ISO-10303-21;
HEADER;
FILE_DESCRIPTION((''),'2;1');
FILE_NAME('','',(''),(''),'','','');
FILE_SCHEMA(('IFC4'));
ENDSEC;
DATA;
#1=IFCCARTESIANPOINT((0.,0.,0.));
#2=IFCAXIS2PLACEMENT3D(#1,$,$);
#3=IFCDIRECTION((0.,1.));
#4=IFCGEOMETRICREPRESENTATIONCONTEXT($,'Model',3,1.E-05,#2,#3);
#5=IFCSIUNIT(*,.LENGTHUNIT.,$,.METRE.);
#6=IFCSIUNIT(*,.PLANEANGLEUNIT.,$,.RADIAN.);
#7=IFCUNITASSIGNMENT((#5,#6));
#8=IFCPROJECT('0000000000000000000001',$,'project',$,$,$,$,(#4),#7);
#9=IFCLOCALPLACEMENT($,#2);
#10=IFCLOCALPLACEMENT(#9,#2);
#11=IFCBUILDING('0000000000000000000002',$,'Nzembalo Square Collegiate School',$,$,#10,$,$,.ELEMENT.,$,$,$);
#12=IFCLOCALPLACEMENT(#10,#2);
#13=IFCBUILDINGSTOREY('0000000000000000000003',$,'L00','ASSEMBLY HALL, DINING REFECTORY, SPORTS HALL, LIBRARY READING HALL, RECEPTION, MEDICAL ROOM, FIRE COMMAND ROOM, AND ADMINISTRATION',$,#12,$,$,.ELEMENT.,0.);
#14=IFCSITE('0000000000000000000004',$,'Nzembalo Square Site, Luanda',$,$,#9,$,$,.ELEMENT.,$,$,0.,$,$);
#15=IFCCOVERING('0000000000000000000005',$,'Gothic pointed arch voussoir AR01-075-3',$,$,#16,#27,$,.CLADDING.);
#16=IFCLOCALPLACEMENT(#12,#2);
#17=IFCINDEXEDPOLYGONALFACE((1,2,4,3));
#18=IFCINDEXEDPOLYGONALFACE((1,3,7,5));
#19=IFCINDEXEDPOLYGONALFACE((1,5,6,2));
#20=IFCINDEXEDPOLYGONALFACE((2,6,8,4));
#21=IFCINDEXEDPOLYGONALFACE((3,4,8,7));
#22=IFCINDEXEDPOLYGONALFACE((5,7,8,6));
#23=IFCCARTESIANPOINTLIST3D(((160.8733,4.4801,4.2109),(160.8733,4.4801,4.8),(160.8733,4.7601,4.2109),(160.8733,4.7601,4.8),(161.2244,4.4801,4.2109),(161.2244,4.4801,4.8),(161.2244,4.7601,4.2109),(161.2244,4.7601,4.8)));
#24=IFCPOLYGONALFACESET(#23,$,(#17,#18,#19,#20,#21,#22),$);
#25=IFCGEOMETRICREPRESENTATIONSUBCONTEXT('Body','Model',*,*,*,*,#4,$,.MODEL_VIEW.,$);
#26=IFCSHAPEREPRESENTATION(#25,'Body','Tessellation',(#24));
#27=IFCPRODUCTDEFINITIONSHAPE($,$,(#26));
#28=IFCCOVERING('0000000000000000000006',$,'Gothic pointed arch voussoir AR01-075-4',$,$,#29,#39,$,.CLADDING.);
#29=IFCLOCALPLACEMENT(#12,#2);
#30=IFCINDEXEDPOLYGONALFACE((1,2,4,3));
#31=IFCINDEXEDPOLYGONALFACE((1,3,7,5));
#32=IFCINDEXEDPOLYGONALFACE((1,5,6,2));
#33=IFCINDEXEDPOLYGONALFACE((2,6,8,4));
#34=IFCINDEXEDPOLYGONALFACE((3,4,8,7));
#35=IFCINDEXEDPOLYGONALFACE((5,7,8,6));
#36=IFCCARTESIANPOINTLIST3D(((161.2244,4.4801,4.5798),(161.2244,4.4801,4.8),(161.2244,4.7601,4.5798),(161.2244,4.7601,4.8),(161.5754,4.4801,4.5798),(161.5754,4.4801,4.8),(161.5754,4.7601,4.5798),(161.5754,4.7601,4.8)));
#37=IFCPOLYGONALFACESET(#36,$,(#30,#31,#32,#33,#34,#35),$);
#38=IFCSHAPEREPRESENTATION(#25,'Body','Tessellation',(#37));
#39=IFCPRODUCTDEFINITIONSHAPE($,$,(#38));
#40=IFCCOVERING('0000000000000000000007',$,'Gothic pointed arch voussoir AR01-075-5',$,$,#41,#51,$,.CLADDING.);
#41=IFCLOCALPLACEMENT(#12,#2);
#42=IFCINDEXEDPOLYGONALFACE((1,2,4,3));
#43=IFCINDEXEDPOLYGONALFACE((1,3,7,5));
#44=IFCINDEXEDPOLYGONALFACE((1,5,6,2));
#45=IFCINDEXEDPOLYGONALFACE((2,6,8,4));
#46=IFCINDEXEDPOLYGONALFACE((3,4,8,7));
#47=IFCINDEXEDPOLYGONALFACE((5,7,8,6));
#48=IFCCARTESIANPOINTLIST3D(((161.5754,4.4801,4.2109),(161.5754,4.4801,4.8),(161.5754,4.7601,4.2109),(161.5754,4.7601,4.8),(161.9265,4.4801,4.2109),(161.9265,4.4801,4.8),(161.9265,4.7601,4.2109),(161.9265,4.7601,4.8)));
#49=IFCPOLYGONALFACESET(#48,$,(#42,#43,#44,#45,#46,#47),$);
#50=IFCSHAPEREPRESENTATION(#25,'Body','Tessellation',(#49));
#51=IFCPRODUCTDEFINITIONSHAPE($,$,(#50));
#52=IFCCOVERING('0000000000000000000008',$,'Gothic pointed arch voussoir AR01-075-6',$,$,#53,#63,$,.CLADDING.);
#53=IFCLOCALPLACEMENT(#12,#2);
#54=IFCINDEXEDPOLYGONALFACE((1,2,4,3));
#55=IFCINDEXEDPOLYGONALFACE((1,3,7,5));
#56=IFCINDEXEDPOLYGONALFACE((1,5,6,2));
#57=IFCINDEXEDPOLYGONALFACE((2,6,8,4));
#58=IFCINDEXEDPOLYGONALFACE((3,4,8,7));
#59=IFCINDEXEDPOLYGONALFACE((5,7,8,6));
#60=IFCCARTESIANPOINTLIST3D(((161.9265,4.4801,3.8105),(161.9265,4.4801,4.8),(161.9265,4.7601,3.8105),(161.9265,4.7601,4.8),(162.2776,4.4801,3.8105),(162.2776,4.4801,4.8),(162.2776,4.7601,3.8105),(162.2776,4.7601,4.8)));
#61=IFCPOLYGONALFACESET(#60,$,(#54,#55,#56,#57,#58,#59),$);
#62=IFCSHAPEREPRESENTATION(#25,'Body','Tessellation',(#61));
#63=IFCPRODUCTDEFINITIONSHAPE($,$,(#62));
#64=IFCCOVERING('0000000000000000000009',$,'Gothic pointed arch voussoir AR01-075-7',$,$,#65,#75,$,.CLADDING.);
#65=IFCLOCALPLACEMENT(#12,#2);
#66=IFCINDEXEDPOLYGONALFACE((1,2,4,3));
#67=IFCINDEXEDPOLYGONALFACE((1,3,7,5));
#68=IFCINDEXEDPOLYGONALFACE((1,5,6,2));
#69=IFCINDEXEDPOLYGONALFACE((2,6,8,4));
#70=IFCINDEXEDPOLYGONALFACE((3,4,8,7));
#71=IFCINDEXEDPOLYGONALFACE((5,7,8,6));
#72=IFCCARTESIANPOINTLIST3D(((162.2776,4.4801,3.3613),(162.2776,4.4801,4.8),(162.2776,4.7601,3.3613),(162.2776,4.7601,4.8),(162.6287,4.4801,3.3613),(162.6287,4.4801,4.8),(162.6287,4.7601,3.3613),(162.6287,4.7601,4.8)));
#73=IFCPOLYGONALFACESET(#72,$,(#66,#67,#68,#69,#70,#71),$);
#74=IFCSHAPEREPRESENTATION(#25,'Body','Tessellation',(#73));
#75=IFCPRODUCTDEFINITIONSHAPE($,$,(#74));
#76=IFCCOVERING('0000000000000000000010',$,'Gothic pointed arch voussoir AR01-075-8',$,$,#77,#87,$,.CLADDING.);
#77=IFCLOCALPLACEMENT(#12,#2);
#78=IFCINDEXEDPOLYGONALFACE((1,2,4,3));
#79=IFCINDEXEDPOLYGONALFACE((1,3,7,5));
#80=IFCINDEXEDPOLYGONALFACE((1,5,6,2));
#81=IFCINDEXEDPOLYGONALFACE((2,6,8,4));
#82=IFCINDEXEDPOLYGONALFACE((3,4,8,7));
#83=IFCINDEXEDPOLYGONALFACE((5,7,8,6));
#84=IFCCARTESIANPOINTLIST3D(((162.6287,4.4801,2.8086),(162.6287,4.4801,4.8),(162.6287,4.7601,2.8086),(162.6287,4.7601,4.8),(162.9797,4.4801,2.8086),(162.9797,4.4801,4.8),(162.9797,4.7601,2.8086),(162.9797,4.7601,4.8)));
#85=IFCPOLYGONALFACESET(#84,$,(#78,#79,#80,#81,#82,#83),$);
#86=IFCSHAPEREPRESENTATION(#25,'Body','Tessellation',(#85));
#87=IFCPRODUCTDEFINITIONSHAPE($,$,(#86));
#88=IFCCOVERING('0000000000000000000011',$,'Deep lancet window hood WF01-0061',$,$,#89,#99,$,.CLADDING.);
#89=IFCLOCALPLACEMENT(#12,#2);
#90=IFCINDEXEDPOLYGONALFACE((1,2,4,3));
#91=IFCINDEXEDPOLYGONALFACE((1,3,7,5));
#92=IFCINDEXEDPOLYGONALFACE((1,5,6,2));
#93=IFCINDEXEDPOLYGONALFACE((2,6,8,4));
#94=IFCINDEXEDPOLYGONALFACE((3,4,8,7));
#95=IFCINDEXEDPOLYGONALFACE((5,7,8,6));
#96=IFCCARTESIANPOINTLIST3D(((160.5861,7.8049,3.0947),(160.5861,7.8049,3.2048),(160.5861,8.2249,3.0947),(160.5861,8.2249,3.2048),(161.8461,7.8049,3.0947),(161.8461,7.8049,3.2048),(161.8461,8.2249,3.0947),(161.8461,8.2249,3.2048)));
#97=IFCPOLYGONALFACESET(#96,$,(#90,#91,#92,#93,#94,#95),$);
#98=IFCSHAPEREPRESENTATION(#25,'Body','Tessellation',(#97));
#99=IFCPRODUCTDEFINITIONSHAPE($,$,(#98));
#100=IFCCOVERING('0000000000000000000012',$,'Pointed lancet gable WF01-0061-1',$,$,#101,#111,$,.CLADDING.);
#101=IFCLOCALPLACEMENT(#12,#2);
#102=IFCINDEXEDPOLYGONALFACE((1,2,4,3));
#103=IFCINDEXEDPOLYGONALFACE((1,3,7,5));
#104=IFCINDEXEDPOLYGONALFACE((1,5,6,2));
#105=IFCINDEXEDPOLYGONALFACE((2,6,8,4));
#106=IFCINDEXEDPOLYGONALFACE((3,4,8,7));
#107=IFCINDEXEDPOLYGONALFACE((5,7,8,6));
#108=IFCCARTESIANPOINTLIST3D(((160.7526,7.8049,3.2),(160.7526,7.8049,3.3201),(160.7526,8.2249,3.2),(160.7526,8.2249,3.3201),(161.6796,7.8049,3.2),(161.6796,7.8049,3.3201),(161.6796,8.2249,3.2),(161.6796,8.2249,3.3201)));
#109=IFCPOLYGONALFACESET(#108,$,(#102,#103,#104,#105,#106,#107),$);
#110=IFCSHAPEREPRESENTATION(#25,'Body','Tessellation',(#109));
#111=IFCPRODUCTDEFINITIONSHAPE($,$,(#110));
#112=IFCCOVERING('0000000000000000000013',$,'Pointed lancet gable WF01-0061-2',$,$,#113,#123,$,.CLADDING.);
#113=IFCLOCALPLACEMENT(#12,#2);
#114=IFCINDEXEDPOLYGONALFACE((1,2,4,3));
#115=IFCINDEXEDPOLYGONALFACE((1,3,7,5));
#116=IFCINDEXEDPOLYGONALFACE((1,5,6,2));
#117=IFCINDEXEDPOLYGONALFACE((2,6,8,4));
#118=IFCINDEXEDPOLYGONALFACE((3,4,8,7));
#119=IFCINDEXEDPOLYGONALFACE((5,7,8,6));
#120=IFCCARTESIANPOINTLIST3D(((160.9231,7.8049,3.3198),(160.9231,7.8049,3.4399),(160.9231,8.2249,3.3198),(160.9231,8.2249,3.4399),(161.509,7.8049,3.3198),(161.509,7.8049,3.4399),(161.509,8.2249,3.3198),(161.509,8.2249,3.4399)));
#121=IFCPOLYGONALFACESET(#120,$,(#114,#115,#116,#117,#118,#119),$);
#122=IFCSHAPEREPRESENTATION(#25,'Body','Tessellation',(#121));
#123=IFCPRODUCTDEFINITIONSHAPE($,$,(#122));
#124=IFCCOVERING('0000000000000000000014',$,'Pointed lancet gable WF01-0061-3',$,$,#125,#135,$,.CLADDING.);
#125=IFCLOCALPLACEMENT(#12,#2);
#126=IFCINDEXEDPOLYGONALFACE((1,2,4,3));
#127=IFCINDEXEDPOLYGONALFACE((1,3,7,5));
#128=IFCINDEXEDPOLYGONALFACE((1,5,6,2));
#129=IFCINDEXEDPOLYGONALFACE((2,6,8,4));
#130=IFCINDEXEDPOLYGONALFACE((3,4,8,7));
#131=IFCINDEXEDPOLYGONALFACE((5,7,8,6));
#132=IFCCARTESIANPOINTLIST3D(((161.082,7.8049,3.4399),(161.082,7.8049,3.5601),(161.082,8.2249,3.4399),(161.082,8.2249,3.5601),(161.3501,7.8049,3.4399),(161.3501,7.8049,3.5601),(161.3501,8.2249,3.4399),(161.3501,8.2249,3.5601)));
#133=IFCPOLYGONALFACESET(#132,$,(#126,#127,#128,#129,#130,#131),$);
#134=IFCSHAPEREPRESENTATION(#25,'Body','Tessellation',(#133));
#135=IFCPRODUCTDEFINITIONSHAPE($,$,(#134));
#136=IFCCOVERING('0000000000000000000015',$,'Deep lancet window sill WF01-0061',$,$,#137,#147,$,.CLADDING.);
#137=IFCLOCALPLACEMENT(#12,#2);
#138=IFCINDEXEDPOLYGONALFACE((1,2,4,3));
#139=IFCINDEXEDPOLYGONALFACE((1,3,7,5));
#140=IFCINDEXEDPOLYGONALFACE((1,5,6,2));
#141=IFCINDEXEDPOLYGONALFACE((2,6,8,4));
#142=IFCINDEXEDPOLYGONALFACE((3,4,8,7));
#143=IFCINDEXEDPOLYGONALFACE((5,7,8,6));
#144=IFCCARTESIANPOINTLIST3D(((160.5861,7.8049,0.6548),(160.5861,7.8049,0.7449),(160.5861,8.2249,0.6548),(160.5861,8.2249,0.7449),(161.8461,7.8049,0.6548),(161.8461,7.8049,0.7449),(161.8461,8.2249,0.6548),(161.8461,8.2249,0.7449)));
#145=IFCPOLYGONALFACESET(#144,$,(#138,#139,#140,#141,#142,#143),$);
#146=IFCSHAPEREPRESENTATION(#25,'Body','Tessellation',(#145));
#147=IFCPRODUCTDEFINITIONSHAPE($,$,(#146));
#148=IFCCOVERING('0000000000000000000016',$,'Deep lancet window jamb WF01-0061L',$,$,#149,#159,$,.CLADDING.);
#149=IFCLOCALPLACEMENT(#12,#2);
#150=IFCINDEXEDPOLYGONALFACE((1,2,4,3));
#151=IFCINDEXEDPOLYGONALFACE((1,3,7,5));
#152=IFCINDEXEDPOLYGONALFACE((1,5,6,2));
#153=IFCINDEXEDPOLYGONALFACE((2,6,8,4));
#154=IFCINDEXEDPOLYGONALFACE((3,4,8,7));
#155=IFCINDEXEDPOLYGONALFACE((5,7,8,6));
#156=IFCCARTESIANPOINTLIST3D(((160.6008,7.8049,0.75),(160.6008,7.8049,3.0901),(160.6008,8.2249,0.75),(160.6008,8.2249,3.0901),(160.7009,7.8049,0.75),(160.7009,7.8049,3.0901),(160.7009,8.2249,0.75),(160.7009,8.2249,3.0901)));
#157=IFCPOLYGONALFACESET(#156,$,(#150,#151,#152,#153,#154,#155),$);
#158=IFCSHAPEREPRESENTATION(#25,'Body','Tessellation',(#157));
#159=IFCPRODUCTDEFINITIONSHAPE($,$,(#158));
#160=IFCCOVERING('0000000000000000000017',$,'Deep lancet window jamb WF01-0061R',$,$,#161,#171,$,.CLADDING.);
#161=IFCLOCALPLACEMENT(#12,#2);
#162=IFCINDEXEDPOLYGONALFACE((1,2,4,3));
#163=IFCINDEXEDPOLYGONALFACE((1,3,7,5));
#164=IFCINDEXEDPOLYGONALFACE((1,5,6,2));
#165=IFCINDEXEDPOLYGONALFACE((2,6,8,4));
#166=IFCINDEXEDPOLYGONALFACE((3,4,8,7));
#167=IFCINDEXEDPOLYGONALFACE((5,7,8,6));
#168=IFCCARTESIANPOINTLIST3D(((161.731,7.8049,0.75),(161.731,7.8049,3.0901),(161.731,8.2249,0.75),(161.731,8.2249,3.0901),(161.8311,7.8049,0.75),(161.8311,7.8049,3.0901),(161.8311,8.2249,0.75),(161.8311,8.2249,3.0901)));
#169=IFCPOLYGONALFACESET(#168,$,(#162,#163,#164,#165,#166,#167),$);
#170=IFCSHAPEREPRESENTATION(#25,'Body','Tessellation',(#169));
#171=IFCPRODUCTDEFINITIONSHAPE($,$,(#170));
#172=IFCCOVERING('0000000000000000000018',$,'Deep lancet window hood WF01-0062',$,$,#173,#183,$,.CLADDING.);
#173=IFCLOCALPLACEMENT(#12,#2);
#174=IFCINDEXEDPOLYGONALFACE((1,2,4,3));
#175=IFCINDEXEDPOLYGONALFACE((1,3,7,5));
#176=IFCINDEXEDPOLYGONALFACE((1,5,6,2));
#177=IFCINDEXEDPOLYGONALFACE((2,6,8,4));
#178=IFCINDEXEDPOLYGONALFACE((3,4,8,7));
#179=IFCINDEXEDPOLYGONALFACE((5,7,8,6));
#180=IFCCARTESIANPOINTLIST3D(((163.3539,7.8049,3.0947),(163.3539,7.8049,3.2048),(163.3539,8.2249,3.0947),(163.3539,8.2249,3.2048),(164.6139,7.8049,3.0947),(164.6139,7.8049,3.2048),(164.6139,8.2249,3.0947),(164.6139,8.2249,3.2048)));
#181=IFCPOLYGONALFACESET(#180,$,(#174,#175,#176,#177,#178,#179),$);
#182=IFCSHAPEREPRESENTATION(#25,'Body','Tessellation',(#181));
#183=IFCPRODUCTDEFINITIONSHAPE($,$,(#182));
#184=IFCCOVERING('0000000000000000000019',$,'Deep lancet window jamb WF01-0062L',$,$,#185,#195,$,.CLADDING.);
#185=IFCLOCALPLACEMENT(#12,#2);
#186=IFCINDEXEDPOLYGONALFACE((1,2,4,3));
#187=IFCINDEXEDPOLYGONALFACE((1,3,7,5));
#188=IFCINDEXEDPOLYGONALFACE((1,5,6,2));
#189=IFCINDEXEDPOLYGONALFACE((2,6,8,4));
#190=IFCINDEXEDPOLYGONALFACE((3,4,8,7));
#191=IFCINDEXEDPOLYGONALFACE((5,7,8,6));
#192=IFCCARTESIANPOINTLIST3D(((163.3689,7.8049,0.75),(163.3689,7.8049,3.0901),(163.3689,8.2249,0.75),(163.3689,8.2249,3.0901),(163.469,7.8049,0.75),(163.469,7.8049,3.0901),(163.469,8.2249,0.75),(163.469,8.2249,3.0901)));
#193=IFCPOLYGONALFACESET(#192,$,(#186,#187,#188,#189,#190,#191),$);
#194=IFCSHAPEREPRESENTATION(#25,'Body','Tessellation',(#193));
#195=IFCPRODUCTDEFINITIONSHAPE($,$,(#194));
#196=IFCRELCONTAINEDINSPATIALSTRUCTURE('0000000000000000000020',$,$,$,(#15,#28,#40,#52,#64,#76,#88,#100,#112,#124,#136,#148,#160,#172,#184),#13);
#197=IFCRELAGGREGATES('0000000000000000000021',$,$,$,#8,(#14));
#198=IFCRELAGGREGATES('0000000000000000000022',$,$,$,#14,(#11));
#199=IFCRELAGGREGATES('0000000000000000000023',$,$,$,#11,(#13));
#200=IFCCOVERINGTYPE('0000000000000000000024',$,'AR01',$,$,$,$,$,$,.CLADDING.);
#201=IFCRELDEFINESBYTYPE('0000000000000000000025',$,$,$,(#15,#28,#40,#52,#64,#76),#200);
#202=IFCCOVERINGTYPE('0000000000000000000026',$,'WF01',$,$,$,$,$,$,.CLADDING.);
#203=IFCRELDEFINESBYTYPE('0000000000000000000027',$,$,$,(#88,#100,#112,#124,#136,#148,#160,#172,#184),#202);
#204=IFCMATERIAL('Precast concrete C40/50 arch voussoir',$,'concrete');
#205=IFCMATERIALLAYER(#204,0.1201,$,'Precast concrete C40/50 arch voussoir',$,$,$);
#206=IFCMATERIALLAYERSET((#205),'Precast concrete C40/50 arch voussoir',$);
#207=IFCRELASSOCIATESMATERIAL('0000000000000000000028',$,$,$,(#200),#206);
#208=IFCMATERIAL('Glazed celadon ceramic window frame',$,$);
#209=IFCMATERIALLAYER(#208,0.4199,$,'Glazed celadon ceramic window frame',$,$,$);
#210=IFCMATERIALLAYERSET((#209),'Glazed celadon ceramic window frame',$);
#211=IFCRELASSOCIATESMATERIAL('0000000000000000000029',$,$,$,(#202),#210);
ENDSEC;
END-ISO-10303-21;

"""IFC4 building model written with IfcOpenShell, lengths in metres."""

from ifc_helpers import new_model, si_unit, direction, frame, origin, origin_2d, place, context, subcontext, project, spatial, rectangle, extrude, material, layer, layer_set, type_object, element, save


model = new_model("IFC4")

# Units and contexts
model_context = context("Model", 3, precision=1e-05, world=origin(), true_north=direction((0.0, 1.0)))
body_context = subcontext(model_context, "Body", "Model", "MODEL_VIEW")
ifc_project = project(units=[si_unit("LENGTHUNIT", "METRE"), si_unit("PLANEANGLEUNIT", "RADIAN")], contexts=[model_context])

# Site, building, storey
site_placement = place(None, origin())
site = spatial("IfcSite", under=ifc_project, at=site_placement, Name="Nzembalo Square Site, Luanda", CompositionType="ELEMENT", RefElevation=0.0)
building_placement = place(site_placement, origin())
building = spatial("IfcBuilding", under=site, at=building_placement, Name="Nzembalo Square Collegiate School", CompositionType="ELEMENT")
storey_placement = place(building_placement, origin())
storey = spatial("IfcBuildingStorey", under=building, at=storey_placement, Name="L00", Description="ASSEMBLY HALL, DINING REFECTORY, SPORTS HALL, LIBRARY READING HALL, RECEPTION, MEDICAL ROOM, FIRE COMMAND ROOM, AND ADMINISTRATION", CompositionType="ELEMENT", Elevation=0.0)

# Coverings
ifc_material_1 = material(Name="Precast concrete C40/50 arch voussoir", Category="concrete")
ifc_layer_1 = layer(ifc_material_1, 0.1201, Name="Precast concrete C40/50 arch voussoir")
ifc_layer_set_1 = layer_set([ifc_layer_1], Name="Precast concrete C40/50 arch voussoir")
covering_type_1 = type_object("IfcCoveringType", Name="AR01", PredefinedType="CLADDING", material=ifc_layer_set_1)
covering_1_placement = place(storey_placement, frame((161.0488, 4.6201, 4.2109), z_axis=(0.0, 0.0, 1.0), x_axis=(1.0, 0.0, 0.0)))
element("IfcCovering", 1, at=covering_1_placement, inside=storey, type_object=covering_type_1, Name="Gothic pointed arch voussoir AR01-075-3", PredefinedType="CLADDING", context=body_context, shape_type="SweptSolid", body=[
    extrude(rectangle(XDim=0.3511, YDim=0.28, at=origin_2d()), origin(), (0.0, 0.0, 1.0), 0.5891),
])
covering_2_placement = place(storey_placement, frame((161.3999, 4.6201, 4.5798), z_axis=(0.0, 0.0, 1.0), x_axis=(1.0, 0.0, 0.0)))
element("IfcCovering", 2, at=covering_2_placement, inside=storey, type_object=covering_type_1, Name="Gothic pointed arch voussoir AR01-075-4", PredefinedType="CLADDING", context=body_context, shape_type="SweptSolid", body=[
    extrude(rectangle(XDim=0.3511, YDim=0.28, at=origin_2d()), origin(), (0.0, 0.0, 1.0), 0.2202),
])
covering_3_placement = place(storey_placement, frame((161.751, 4.6201, 4.2109), z_axis=(0.0, 0.0, 1.0), x_axis=(1.0, 0.0, 0.0)))
element("IfcCovering", 3, at=covering_3_placement, inside=storey, type_object=covering_type_1, Name="Gothic pointed arch voussoir AR01-075-5", PredefinedType="CLADDING", context=body_context, shape_type="SweptSolid", body=[
    extrude(rectangle(XDim=0.3511, YDim=0.28, at=origin_2d()), origin(), (0.0, 0.0, 1.0), 0.5891),
])
covering_4_placement = place(storey_placement, frame((162.1021, 4.6201, 3.8105), z_axis=(0.0, 0.0, 1.0), x_axis=(1.0, 0.0, 0.0)))
element("IfcCovering", 4, at=covering_4_placement, inside=storey, type_object=covering_type_1, Name="Gothic pointed arch voussoir AR01-075-6", PredefinedType="CLADDING", context=body_context, shape_type="SweptSolid", body=[
    extrude(rectangle(XDim=0.3511, YDim=0.28, at=origin_2d()), origin(), (0.0, 0.0, 1.0), 0.9895),
])
covering_5_placement = place(storey_placement, frame((162.4531, 4.6201, 3.3613), z_axis=(0.0, 0.0, 1.0), x_axis=(1.0, 0.0, 0.0)))
element("IfcCovering", 5, at=covering_5_placement, inside=storey, type_object=covering_type_1, Name="Gothic pointed arch voussoir AR01-075-7", PredefinedType="CLADDING", context=body_context, shape_type="SweptSolid", body=[
    extrude(rectangle(XDim=0.3511, YDim=0.28, at=origin_2d()), origin(), (0.0, 0.0, 1.0), 1.4387),
])
covering_6_placement = place(storey_placement, frame((162.8042, 4.6201, 2.8086), z_axis=(0.0, 0.0, 1.0), x_axis=(1.0, 0.0, 0.0)))
element("IfcCovering", 6, at=covering_6_placement, inside=storey, type_object=covering_type_1, Name="Gothic pointed arch voussoir AR01-075-8", PredefinedType="CLADDING", context=body_context, shape_type="SweptSolid", body=[
    extrude(rectangle(XDim=0.3511, YDim=0.28, at=origin_2d()), origin(), (0.0, 0.0, 1.0), 1.9915),
])
ifc_material_2 = material(Name="Glazed celadon ceramic window frame")
ifc_layer_2 = layer(ifc_material_2, 0.4199, Name="Glazed celadon ceramic window frame")
ifc_layer_set_2 = layer_set([ifc_layer_2], Name="Glazed celadon ceramic window frame")
covering_type_2 = type_object("IfcCoveringType", Name="WF01", PredefinedType="CLADDING", material=ifc_layer_set_2)
covering_7_placement = place(storey_placement, frame((161.2161, 8.0149, 3.0947), z_axis=(0.0, 0.0, 1.0), x_axis=(1.0, 0.0, 0.0)))
element("IfcCovering", 7, at=covering_7_placement, inside=storey, type_object=covering_type_2, Name="Deep lancet window hood WF01-0061", PredefinedType="CLADDING", context=body_context, shape_type="SweptSolid", body=[
    extrude(rectangle(XDim=1.26, YDim=0.4199, at=origin_2d()), origin(), (0.0, 0.0, 1.0), 0.1101),
])
covering_8_placement = place(storey_placement, frame((161.2161, 8.0149, 3.2), z_axis=(0.0, 0.0, 1.0), x_axis=(1.0, 0.0, 0.0)))
element("IfcCovering", 8, at=covering_8_placement, inside=storey, type_object=covering_type_2, Name="Pointed lancet gable WF01-0061-1", PredefinedType="CLADDING", context=body_context, shape_type="SweptSolid", body=[
    extrude(rectangle(XDim=0.927, YDim=0.4199, at=origin_2d()), origin(), (0.0, 0.0, 1.0), 0.1201),
])
covering_9_placement = place(storey_placement, frame((161.2161, 8.0149, 3.3198), z_axis=(0.0, 0.0, 1.0), x_axis=(1.0, 0.0, 0.0)))
element("IfcCovering", 9, at=covering_9_placement, inside=storey, type_object=covering_type_2, Name="Pointed lancet gable WF01-0061-2", PredefinedType="CLADDING", context=body_context, shape_type="SweptSolid", body=[
    extrude(rectangle(XDim=0.5859, YDim=0.4199, at=origin_2d()), origin(), (0.0, 0.0, 1.0), 0.1201),
])
covering_10_placement = place(storey_placement, frame((161.2161, 8.0149, 3.4399), z_axis=(0.0, 0.0, 1.0), x_axis=(1.0, 0.0, 0.0)))
element("IfcCovering", 10, at=covering_10_placement, inside=storey, type_object=covering_type_2, Name="Pointed lancet gable WF01-0061-3", PredefinedType="CLADDING", context=body_context, shape_type="SweptSolid", body=[
    extrude(rectangle(XDim=0.2681, YDim=0.4199, at=origin_2d()), origin(), (0.0, 0.0, 1.0), 0.1201),
])
covering_11_placement = place(storey_placement, frame((161.2161, 8.0149, 0.6548), z_axis=(0.0, 0.0, 1.0), x_axis=(1.0, 0.0, 0.0)))
element("IfcCovering", 11, at=covering_11_placement, inside=storey, type_object=covering_type_2, Name="Deep lancet window sill WF01-0061", PredefinedType="CLADDING", context=body_context, shape_type="SweptSolid", body=[
    extrude(rectangle(XDim=1.26, YDim=0.4199, at=origin_2d()), origin(), (0.0, 0.0, 1.0), 0.0901),
])
for number, where, z_axis, x_axis, name in (
    (12, (160.6509, 8.0149, 0.75), (0.0, 0.0, 1.0), (1.0, 0.0, 0.0), "Deep lancet window jamb WF01-0061L"),
    (13, (161.781, 8.0149, 0.75), (0.0, 0.0, 1.0), (1.0, 0.0, 0.0), "Deep lancet window jamb WF01-0061R"),
):
    element("IfcCovering", number, at=place(storey_placement, frame(where, z_axis=z_axis, x_axis=x_axis)), inside=storey, type_object=covering_type_2, Name=name, PredefinedType="CLADDING", context=body_context, shape_type="SweptSolid", body=[
        extrude(rectangle(XDim=0.1001, YDim=0.4199, at=origin_2d()), origin(), (0.0, 0.0, 1.0), 2.3401),
    ])
covering_12_placement = place(storey_placement, frame((163.9839, 8.0149, 3.0947), z_axis=(0.0, 0.0, 1.0), x_axis=(1.0, 0.0, 0.0)))
element("IfcCovering", 14, at=covering_12_placement, inside=storey, type_object=covering_type_2, Name="Deep lancet window hood WF01-0062", PredefinedType="CLADDING", context=body_context, shape_type="SweptSolid", body=[
    extrude(rectangle(XDim=1.26, YDim=0.4199, at=origin_2d()), origin(), (0.0, 0.0, 1.0), 0.1101),
])
covering_13_placement = place(storey_placement, frame((163.4189, 8.0149, 0.75), z_axis=(0.0, 0.0, 1.0), x_axis=(1.0, 0.0, 0.0)))
element("IfcCovering", 15, at=covering_13_placement, inside=storey, type_object=covering_type_2, Name="Deep lancet window jamb WF01-0062L", PredefinedType="CLADDING", context=body_context, shape_type="SweptSolid", body=[
    extrude(rectangle(XDim=0.1001, YDim=0.4199, at=origin_2d()), origin(), (0.0, 0.0, 1.0), 2.3401),
])

save(model, "model.ifc")
